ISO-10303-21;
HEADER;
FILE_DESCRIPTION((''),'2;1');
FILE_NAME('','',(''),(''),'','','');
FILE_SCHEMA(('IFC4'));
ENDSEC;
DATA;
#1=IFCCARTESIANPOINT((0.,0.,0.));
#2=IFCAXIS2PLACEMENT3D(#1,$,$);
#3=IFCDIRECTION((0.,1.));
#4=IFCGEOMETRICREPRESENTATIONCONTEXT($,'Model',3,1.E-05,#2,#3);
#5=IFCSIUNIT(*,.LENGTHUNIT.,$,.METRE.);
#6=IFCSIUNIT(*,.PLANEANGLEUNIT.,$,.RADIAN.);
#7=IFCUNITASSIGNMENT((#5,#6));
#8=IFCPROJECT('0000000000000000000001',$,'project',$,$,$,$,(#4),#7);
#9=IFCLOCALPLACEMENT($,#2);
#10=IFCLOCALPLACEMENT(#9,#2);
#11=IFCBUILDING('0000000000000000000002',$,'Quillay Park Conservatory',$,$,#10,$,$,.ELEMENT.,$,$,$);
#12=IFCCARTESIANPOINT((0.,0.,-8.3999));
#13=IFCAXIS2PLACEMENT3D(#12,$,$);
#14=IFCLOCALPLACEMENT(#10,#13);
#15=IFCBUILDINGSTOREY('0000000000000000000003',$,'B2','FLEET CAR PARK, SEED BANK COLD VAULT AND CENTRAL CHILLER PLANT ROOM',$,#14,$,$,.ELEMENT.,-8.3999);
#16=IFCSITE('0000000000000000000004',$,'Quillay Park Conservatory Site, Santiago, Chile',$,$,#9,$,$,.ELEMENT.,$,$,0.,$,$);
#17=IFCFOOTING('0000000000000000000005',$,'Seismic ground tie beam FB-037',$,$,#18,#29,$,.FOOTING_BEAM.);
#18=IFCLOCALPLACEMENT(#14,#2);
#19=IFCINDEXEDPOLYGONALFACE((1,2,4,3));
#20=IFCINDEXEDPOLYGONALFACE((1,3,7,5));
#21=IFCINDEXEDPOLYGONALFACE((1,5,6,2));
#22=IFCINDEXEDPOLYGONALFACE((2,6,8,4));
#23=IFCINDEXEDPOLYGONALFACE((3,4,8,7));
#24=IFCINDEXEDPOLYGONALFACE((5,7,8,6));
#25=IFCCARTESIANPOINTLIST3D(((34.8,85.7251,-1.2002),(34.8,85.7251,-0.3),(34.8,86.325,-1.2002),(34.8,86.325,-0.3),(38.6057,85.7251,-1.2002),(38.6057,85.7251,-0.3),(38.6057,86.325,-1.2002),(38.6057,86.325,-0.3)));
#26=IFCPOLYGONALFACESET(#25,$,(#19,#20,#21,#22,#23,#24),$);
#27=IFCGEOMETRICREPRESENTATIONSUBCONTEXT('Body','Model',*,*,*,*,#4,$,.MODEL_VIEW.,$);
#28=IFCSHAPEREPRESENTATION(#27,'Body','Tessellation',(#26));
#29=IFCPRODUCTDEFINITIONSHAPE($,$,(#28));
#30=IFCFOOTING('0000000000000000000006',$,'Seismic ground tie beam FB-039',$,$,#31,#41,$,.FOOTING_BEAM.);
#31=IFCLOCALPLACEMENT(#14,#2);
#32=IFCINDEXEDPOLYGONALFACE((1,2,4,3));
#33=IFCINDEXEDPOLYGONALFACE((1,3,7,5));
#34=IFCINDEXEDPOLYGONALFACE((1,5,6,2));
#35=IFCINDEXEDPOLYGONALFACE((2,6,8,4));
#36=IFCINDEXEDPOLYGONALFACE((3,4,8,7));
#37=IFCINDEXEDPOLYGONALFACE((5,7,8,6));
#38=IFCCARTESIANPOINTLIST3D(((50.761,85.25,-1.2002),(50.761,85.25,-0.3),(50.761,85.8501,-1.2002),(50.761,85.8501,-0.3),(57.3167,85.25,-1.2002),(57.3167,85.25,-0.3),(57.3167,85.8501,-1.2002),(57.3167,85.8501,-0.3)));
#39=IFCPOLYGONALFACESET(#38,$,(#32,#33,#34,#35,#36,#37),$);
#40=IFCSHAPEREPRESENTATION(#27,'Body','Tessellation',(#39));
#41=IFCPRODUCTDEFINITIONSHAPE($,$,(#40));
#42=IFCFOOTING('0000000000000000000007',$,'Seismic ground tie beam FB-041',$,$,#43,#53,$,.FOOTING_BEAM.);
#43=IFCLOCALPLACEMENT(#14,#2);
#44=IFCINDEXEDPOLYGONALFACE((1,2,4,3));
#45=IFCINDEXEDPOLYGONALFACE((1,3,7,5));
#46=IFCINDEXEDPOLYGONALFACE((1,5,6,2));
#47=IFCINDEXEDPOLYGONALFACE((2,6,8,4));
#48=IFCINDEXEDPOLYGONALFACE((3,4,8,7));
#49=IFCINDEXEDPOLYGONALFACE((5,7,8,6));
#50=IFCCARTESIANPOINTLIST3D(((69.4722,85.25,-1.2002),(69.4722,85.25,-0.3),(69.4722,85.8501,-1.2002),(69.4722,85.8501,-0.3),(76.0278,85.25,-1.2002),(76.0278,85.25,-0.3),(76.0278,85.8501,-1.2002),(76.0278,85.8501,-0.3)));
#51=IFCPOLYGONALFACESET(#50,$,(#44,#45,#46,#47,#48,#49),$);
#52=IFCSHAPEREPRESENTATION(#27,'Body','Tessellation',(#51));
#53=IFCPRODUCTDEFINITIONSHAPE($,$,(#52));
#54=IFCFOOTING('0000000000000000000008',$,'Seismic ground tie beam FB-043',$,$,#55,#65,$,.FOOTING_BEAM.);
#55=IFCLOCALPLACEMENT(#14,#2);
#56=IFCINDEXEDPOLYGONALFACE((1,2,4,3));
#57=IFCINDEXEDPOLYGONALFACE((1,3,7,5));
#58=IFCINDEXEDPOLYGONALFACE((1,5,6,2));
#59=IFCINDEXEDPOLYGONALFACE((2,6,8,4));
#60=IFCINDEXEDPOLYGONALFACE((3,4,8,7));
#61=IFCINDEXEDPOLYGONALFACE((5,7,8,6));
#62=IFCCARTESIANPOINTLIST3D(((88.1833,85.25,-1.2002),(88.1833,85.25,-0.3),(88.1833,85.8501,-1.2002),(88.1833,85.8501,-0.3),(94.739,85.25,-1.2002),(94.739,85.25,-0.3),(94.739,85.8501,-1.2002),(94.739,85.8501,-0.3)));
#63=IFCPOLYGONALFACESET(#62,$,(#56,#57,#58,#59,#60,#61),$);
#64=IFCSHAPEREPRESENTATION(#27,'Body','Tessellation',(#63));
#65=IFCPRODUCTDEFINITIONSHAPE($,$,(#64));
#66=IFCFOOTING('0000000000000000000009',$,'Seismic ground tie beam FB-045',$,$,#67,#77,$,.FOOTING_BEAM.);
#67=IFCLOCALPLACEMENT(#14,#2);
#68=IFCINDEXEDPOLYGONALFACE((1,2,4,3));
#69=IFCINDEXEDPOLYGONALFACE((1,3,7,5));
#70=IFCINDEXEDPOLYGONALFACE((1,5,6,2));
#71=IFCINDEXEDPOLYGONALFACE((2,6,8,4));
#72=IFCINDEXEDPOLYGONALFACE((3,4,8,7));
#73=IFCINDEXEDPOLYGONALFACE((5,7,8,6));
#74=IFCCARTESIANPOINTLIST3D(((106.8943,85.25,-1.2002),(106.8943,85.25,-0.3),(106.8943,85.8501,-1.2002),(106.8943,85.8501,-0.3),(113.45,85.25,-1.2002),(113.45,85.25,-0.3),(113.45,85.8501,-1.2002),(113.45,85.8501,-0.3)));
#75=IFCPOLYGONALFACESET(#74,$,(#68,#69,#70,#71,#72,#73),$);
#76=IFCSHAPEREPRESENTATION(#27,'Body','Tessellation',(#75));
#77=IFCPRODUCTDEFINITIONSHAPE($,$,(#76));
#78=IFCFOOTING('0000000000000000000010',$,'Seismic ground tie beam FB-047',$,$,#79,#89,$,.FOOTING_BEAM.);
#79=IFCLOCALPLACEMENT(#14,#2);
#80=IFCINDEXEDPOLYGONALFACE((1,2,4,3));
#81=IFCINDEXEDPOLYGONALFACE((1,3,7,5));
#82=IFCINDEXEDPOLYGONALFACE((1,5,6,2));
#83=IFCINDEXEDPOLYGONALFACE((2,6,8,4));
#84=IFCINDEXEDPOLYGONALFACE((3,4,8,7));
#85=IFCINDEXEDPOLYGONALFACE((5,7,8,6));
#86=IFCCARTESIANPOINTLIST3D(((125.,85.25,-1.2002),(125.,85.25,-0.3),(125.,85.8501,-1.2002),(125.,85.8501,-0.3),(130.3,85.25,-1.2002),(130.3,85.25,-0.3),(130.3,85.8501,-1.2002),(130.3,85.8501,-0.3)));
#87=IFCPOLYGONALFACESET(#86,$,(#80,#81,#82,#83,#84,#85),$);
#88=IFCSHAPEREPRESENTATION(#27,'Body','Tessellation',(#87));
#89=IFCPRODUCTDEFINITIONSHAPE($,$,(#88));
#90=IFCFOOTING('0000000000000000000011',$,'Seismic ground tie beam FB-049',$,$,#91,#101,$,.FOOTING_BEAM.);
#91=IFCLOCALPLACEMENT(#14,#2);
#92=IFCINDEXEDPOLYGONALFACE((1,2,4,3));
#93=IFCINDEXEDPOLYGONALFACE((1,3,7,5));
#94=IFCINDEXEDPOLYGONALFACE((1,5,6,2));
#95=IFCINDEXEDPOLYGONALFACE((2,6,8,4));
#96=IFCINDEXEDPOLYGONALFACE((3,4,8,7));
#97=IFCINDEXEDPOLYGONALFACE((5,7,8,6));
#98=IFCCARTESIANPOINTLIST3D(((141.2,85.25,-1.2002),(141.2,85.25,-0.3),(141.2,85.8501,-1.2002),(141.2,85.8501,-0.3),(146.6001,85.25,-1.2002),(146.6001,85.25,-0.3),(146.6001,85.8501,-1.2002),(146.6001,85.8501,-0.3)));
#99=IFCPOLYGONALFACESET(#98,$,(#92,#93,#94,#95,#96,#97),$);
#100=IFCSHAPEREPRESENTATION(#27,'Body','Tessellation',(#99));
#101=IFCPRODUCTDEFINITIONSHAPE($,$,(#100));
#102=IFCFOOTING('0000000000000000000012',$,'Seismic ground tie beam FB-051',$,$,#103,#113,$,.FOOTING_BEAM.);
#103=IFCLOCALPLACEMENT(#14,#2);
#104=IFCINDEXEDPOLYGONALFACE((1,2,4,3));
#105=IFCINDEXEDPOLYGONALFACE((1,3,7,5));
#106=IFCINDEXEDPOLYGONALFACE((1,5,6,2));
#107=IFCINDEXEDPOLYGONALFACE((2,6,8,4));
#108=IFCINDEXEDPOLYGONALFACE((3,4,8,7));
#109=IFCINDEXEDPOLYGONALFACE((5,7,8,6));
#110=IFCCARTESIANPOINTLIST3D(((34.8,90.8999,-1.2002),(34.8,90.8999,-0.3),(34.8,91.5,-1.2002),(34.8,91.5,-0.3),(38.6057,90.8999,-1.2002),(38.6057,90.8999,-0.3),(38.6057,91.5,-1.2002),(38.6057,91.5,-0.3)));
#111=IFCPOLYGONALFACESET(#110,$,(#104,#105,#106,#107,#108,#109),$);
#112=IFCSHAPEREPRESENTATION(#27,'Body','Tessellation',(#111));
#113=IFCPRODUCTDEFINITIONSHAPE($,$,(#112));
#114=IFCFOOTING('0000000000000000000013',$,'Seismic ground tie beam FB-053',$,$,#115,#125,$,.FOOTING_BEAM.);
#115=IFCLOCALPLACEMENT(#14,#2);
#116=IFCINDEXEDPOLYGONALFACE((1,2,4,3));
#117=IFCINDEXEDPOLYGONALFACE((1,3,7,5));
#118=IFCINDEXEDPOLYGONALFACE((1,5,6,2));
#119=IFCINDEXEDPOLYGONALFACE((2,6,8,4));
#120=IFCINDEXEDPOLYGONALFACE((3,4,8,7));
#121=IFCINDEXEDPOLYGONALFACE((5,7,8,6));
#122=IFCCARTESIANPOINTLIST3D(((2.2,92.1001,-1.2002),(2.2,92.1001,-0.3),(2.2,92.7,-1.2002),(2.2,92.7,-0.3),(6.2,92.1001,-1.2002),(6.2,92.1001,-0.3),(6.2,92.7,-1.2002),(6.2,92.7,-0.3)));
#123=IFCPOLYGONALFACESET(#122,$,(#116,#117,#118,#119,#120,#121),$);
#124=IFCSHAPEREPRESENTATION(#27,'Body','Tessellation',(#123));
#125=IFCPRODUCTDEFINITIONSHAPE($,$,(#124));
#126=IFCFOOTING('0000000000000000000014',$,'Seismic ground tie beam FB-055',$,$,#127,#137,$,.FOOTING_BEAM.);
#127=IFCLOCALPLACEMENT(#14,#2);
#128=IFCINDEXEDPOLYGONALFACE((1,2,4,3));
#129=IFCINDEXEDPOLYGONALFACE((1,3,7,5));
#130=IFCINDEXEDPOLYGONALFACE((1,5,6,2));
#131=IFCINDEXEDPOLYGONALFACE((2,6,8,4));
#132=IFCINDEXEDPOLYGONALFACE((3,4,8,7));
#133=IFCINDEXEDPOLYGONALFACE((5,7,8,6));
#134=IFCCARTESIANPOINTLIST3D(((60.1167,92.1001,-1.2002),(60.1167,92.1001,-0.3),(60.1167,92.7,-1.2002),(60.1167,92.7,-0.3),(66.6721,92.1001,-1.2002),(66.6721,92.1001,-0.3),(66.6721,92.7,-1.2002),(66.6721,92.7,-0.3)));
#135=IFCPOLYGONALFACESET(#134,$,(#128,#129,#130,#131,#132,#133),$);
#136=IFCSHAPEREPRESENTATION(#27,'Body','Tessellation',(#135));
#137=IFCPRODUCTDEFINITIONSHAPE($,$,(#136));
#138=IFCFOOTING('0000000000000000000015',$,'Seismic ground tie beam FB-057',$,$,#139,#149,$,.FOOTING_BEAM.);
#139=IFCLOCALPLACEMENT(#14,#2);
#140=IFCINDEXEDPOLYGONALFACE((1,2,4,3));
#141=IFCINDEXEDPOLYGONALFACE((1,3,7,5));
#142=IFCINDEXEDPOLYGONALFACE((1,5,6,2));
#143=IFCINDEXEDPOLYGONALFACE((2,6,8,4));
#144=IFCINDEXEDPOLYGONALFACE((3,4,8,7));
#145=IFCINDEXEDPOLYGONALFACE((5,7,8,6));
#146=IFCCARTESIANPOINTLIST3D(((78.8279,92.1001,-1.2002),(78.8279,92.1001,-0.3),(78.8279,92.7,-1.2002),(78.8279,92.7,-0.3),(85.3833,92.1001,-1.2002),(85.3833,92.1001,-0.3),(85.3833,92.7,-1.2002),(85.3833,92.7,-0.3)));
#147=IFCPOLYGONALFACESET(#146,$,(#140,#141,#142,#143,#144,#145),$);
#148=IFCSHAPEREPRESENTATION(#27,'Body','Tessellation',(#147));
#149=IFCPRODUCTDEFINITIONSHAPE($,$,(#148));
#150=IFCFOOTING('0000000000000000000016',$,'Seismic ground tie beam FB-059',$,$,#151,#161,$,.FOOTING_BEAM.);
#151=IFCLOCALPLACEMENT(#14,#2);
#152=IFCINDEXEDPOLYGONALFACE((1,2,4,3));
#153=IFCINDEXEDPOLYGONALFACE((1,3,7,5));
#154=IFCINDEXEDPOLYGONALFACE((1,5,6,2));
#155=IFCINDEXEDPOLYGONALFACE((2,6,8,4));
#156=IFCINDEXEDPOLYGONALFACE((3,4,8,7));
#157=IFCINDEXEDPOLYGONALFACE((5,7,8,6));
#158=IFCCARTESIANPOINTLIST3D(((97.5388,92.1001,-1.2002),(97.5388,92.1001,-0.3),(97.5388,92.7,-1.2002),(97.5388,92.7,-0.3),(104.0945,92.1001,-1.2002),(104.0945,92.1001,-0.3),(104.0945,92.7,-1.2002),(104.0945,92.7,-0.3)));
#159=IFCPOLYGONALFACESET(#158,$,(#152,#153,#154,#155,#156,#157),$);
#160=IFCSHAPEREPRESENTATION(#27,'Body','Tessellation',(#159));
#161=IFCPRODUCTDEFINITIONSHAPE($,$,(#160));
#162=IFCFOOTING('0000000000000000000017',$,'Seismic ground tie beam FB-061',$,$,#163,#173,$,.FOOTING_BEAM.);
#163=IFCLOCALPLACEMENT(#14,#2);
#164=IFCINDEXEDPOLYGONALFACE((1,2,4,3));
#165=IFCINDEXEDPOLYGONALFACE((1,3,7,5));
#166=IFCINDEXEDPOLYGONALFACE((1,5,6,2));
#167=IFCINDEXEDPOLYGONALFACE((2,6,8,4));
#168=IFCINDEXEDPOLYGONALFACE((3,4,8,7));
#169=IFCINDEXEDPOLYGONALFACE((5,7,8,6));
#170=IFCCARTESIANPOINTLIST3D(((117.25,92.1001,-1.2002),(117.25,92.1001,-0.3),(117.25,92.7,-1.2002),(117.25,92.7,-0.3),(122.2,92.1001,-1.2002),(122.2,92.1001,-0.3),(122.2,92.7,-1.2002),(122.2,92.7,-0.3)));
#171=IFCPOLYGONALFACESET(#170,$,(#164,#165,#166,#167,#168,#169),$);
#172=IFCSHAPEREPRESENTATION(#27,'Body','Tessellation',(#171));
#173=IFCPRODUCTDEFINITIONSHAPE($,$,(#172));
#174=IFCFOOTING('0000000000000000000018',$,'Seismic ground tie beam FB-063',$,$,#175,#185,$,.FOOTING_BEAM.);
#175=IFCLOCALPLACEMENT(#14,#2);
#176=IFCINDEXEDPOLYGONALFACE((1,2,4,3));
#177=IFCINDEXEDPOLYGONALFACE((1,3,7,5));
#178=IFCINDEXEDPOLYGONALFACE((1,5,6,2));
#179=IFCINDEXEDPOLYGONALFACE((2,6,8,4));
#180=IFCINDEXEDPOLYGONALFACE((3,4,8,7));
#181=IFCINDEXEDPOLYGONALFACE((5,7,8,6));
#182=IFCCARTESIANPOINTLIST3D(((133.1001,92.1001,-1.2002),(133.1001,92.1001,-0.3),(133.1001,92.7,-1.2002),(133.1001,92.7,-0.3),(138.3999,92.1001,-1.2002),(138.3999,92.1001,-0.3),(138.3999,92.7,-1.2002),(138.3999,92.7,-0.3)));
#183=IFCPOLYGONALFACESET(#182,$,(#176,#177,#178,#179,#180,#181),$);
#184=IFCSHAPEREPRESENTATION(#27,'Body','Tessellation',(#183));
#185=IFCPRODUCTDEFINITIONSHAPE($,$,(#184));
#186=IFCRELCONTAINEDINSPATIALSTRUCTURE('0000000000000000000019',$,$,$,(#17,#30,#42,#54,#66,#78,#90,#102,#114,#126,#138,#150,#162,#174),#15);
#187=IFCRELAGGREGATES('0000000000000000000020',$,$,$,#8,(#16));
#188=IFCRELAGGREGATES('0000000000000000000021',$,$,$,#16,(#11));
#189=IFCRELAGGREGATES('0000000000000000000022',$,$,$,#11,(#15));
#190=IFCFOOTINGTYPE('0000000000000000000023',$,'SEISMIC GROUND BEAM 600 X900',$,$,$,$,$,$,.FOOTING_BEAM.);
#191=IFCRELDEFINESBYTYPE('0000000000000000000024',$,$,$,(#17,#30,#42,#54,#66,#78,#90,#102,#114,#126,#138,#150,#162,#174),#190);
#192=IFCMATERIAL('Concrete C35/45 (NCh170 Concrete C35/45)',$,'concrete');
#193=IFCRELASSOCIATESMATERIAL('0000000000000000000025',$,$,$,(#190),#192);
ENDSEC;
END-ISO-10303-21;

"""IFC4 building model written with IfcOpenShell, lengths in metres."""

from ifc_helpers import new_model, si_unit, direction, frame, origin, place, context, subcontext, project, spatial, polyline, outline, extrude, material, type_object, element, save


model = new_model("IFC4")

# Units and contexts
model_context = context("Model", 3, precision=1e-05, world=origin(), true_north=direction((0.0, 1.0)))
body_context = subcontext(model_context, "Body", "Model", "MODEL_VIEW")
ifc_project = project(units=[si_unit("LENGTHUNIT", "METRE"), si_unit("PLANEANGLEUNIT", "RADIAN")], contexts=[model_context])

# Site, building, storey
site_placement = place(None, origin())
site = spatial("IfcSite", under=ifc_project, at=site_placement, Name="Quillay Park Conservatory Site, Santiago, Chile", CompositionType="ELEMENT", RefElevation=0.0)
building_placement = place(site_placement, origin())
building = spatial("IfcBuilding", under=site, at=building_placement, Name="Quillay Park Conservatory", CompositionType="ELEMENT")
storey_placement = place(building_placement, frame((0.0, 0.0, -8.3999)))
storey = spatial("IfcBuildingStorey", under=building, at=storey_placement, Name="B2", Description="FLEET CAR PARK, SEED BANK COLD VAULT AND CENTRAL CHILLER PLANT ROOM", CompositionType="ELEMENT", Elevation=-8.3999)

# Footings
ifc_material = material(Name="Concrete C35/45 (NCh170 Concrete C35/45)", Category="concrete")
footing_type = type_object("IfcFootingType", Name="SEISMIC GROUND BEAM 600 X900", PredefinedType="FOOTING_BEAM", material=ifc_material)
footing_1_placement = place(storey_placement, frame((0.0, 0.0, -1.2002)))
element("IfcFooting", 1, at=footing_1_placement, inside=storey, type_object=footing_type, Name="Seismic ground tie beam FB-037", PredefinedType="FOOTING_BEAM", context=body_context, shape_type="SweptSolid", body=[
    extrude(outline(polyline([(34.8, 85.7251), (38.6057, 85.7251), (38.6057, 86.325), (34.8, 86.325), (34.8, 85.7251)])), origin(), (0.0, 0.0, 1.0), 0.9001),
])
footing_2_placement = place(storey_placement, frame((0.0, 0.0, -1.2002)))
element("IfcFooting", 2, at=footing_2_placement, inside=storey, type_object=footing_type, Name="Seismic ground tie beam FB-039", PredefinedType="FOOTING_BEAM", context=body_context, shape_type="SweptSolid", body=[
    extrude(outline(polyline([(50.761, 85.25), (57.3167, 85.25), (57.3167, 85.8501), (50.761, 85.8501), (50.761, 85.25)])), origin(), (0.0, 0.0, 1.0), 0.9001),
])
footing_3_placement = place(storey_placement, frame((0.0, 0.0, -1.2002)))
element("IfcFooting", 3, at=footing_3_placement, inside=storey, type_object=footing_type, Name="Seismic ground tie beam FB-041", PredefinedType="FOOTING_BEAM", context=body_context, shape_type="SweptSolid", body=[
    extrude(outline(polyline([(69.4722, 85.25), (76.0278, 85.25), (76.0278, 85.8501), (69.4722, 85.8501), (69.4722, 85.25)])), origin(), (0.0, 0.0, 1.0), 0.9001),
])
footing_4_placement = place(storey_placement, frame((0.0, 0.0, -1.2002)))
element("IfcFooting", 4, at=footing_4_placement, inside=storey, type_object=footing_type, Name="Seismic ground tie beam FB-043", PredefinedType="FOOTING_BEAM", context=body_context, shape_type="SweptSolid", body=[
    extrude(outline(polyline([(88.1833, 85.25), (94.739, 85.25), (94.739, 85.8501), (88.1833, 85.8501), (88.1833, 85.25)])), origin(), (0.0, 0.0, 1.0), 0.9001),
])
footing_5_placement = place(storey_placement, frame((0.0, 0.0, -1.2002)))
element("IfcFooting", 5, at=footing_5_placement, inside=storey, type_object=footing_type, Name="Seismic ground tie beam FB-045", PredefinedType="FOOTING_BEAM", context=body_context, shape_type="SweptSolid", body=[
    extrude(outline(polyline([(106.8943, 85.25), (113.45, 85.25), (113.45, 85.8501), (106.8943, 85.8501), (106.8943, 85.25)])), origin(), (0.0, 0.0, 1.0), 0.9001),
])
footing_6_placement = place(storey_placement, frame((0.0, 0.0, -1.2002)))
element("IfcFooting", 6, at=footing_6_placement, inside=storey, type_object=footing_type, Name="Seismic ground tie beam FB-047", PredefinedType="FOOTING_BEAM", context=body_context, shape_type="SweptSolid", body=[
    extrude(outline(polyline([(125.0, 85.25), (130.3, 85.25), (130.3, 85.8501), (125.0, 85.8501), (125.0, 85.25)])), origin(), (0.0, 0.0, 1.0), 0.9001),
])
footing_7_placement = place(storey_placement, frame((0.0, 0.0, -1.2002)))
element("IfcFooting", 7, at=footing_7_placement, inside=storey, type_object=footing_type, Name="Seismic ground tie beam FB-049", PredefinedType="FOOTING_BEAM", context=body_context, shape_type="SweptSolid", body=[
    extrude(outline(polyline([(141.2, 85.25), (146.6001, 85.25), (146.6001, 85.8501), (141.2, 85.8501), (141.2, 85.25)])), origin(), (0.0, 0.0, 1.0), 0.9001),
])
footing_8_placement = place(storey_placement, frame((0.0, 0.0, -1.2002)))
element("IfcFooting", 8, at=footing_8_placement, inside=storey, type_object=footing_type, Name="Seismic ground tie beam FB-051", PredefinedType="FOOTING_BEAM", context=body_context, shape_type="SweptSolid", body=[
    extrude(outline(polyline([(34.8, 90.8999), (38.6057, 90.8999), (38.6057, 91.5), (34.8, 91.5), (34.8, 90.8999)])), origin(), (0.0, 0.0, 1.0), 0.9001),
])
footing_9_placement = place(storey_placement, frame((0.0, 0.0, -1.2002)))
element("IfcFooting", 9, at=footing_9_placement, inside=storey, type_object=footing_type, Name="Seismic ground tie beam FB-053", PredefinedType="FOOTING_BEAM", context=body_context, shape_type="SweptSolid", body=[
    extrude(outline(polyline([(2.2, 92.1001), (6.2, 92.1001), (6.2, 92.7), (2.2, 92.7), (2.2, 92.1001)])), origin(), (0.0, 0.0, 1.0), 0.9001),
])
footing_10_placement = place(storey_placement, frame((0.0, 0.0, -1.2002)))
element("IfcFooting", 10, at=footing_10_placement, inside=storey, type_object=footing_type, Name="Seismic ground tie beam FB-055", PredefinedType="FOOTING_BEAM", context=body_context, shape_type="SweptSolid", body=[
    extrude(outline(polyline([(60.1167, 92.1001), (66.6721, 92.1001), (66.6721, 92.7), (60.1167, 92.7), (60.1167, 92.1001)])), origin(), (0.0, 0.0, 1.0), 0.9001),
])
footing_11_placement = place(storey_placement, frame((0.0, 0.0, -1.2002)))
element("IfcFooting", 11, at=footing_11_placement, inside=storey, type_object=footing_type, Name="Seismic ground tie beam FB-057", PredefinedType="FOOTING_BEAM", context=body_context, shape_type="SweptSolid", body=[
    extrude(outline(polyline([(78.8279, 92.1001), (85.3833, 92.1001), (85.3833, 92.7), (78.8279, 92.7), (78.8279, 92.1001)])), origin(), (0.0, 0.0, 1.0), 0.9001),
])
footing_12_placement = place(storey_placement, frame((0.0, 0.0, -1.2002)))
element("IfcFooting", 12, at=footing_12_placement, inside=storey, type_object=footing_type, Name="Seismic ground tie beam FB-059", PredefinedType="FOOTING_BEAM", context=body_context, shape_type="SweptSolid", body=[
    extrude(outline(polyline([(97.5388, 92.1001), (104.0945, 92.1001), (104.0945, 92.7), (97.5388, 92.7), (97.5388, 92.1001)])), origin(), (0.0, 0.0, 1.0), 0.9001),
])
footing_13_placement = place(storey_placement, frame((0.0, 0.0, -1.2002)))
element("IfcFooting", 13, at=footing_13_placement, inside=storey, type_object=footing_type, Name="Seismic ground tie beam FB-061", PredefinedType="FOOTING_BEAM", context=body_context, shape_type="SweptSolid", body=[
    extrude(outline(polyline([(117.25, 92.1001), (122.2, 92.1001), (122.2, 92.7), (117.25, 92.7), (117.25, 92.1001)])), origin(), (0.0, 0.0, 1.0), 0.9001),
])
footing_14_placement = place(storey_placement, frame((0.0, 0.0, -1.2002)))
element("IfcFooting", 14, at=footing_14_placement, inside=storey, type_object=footing_type, Name="Seismic ground tie beam FB-063", PredefinedType="FOOTING_BEAM", context=body_context, shape_type="SweptSolid", body=[
    extrude(outline(polyline([(133.1001, 92.1001), (138.3999, 92.1001), (138.3999, 92.7), (133.1001, 92.7), (133.1001, 92.1001)])), origin(), (0.0, 0.0, 1.0), 0.9001),
])

save(model, "model.ifc")
